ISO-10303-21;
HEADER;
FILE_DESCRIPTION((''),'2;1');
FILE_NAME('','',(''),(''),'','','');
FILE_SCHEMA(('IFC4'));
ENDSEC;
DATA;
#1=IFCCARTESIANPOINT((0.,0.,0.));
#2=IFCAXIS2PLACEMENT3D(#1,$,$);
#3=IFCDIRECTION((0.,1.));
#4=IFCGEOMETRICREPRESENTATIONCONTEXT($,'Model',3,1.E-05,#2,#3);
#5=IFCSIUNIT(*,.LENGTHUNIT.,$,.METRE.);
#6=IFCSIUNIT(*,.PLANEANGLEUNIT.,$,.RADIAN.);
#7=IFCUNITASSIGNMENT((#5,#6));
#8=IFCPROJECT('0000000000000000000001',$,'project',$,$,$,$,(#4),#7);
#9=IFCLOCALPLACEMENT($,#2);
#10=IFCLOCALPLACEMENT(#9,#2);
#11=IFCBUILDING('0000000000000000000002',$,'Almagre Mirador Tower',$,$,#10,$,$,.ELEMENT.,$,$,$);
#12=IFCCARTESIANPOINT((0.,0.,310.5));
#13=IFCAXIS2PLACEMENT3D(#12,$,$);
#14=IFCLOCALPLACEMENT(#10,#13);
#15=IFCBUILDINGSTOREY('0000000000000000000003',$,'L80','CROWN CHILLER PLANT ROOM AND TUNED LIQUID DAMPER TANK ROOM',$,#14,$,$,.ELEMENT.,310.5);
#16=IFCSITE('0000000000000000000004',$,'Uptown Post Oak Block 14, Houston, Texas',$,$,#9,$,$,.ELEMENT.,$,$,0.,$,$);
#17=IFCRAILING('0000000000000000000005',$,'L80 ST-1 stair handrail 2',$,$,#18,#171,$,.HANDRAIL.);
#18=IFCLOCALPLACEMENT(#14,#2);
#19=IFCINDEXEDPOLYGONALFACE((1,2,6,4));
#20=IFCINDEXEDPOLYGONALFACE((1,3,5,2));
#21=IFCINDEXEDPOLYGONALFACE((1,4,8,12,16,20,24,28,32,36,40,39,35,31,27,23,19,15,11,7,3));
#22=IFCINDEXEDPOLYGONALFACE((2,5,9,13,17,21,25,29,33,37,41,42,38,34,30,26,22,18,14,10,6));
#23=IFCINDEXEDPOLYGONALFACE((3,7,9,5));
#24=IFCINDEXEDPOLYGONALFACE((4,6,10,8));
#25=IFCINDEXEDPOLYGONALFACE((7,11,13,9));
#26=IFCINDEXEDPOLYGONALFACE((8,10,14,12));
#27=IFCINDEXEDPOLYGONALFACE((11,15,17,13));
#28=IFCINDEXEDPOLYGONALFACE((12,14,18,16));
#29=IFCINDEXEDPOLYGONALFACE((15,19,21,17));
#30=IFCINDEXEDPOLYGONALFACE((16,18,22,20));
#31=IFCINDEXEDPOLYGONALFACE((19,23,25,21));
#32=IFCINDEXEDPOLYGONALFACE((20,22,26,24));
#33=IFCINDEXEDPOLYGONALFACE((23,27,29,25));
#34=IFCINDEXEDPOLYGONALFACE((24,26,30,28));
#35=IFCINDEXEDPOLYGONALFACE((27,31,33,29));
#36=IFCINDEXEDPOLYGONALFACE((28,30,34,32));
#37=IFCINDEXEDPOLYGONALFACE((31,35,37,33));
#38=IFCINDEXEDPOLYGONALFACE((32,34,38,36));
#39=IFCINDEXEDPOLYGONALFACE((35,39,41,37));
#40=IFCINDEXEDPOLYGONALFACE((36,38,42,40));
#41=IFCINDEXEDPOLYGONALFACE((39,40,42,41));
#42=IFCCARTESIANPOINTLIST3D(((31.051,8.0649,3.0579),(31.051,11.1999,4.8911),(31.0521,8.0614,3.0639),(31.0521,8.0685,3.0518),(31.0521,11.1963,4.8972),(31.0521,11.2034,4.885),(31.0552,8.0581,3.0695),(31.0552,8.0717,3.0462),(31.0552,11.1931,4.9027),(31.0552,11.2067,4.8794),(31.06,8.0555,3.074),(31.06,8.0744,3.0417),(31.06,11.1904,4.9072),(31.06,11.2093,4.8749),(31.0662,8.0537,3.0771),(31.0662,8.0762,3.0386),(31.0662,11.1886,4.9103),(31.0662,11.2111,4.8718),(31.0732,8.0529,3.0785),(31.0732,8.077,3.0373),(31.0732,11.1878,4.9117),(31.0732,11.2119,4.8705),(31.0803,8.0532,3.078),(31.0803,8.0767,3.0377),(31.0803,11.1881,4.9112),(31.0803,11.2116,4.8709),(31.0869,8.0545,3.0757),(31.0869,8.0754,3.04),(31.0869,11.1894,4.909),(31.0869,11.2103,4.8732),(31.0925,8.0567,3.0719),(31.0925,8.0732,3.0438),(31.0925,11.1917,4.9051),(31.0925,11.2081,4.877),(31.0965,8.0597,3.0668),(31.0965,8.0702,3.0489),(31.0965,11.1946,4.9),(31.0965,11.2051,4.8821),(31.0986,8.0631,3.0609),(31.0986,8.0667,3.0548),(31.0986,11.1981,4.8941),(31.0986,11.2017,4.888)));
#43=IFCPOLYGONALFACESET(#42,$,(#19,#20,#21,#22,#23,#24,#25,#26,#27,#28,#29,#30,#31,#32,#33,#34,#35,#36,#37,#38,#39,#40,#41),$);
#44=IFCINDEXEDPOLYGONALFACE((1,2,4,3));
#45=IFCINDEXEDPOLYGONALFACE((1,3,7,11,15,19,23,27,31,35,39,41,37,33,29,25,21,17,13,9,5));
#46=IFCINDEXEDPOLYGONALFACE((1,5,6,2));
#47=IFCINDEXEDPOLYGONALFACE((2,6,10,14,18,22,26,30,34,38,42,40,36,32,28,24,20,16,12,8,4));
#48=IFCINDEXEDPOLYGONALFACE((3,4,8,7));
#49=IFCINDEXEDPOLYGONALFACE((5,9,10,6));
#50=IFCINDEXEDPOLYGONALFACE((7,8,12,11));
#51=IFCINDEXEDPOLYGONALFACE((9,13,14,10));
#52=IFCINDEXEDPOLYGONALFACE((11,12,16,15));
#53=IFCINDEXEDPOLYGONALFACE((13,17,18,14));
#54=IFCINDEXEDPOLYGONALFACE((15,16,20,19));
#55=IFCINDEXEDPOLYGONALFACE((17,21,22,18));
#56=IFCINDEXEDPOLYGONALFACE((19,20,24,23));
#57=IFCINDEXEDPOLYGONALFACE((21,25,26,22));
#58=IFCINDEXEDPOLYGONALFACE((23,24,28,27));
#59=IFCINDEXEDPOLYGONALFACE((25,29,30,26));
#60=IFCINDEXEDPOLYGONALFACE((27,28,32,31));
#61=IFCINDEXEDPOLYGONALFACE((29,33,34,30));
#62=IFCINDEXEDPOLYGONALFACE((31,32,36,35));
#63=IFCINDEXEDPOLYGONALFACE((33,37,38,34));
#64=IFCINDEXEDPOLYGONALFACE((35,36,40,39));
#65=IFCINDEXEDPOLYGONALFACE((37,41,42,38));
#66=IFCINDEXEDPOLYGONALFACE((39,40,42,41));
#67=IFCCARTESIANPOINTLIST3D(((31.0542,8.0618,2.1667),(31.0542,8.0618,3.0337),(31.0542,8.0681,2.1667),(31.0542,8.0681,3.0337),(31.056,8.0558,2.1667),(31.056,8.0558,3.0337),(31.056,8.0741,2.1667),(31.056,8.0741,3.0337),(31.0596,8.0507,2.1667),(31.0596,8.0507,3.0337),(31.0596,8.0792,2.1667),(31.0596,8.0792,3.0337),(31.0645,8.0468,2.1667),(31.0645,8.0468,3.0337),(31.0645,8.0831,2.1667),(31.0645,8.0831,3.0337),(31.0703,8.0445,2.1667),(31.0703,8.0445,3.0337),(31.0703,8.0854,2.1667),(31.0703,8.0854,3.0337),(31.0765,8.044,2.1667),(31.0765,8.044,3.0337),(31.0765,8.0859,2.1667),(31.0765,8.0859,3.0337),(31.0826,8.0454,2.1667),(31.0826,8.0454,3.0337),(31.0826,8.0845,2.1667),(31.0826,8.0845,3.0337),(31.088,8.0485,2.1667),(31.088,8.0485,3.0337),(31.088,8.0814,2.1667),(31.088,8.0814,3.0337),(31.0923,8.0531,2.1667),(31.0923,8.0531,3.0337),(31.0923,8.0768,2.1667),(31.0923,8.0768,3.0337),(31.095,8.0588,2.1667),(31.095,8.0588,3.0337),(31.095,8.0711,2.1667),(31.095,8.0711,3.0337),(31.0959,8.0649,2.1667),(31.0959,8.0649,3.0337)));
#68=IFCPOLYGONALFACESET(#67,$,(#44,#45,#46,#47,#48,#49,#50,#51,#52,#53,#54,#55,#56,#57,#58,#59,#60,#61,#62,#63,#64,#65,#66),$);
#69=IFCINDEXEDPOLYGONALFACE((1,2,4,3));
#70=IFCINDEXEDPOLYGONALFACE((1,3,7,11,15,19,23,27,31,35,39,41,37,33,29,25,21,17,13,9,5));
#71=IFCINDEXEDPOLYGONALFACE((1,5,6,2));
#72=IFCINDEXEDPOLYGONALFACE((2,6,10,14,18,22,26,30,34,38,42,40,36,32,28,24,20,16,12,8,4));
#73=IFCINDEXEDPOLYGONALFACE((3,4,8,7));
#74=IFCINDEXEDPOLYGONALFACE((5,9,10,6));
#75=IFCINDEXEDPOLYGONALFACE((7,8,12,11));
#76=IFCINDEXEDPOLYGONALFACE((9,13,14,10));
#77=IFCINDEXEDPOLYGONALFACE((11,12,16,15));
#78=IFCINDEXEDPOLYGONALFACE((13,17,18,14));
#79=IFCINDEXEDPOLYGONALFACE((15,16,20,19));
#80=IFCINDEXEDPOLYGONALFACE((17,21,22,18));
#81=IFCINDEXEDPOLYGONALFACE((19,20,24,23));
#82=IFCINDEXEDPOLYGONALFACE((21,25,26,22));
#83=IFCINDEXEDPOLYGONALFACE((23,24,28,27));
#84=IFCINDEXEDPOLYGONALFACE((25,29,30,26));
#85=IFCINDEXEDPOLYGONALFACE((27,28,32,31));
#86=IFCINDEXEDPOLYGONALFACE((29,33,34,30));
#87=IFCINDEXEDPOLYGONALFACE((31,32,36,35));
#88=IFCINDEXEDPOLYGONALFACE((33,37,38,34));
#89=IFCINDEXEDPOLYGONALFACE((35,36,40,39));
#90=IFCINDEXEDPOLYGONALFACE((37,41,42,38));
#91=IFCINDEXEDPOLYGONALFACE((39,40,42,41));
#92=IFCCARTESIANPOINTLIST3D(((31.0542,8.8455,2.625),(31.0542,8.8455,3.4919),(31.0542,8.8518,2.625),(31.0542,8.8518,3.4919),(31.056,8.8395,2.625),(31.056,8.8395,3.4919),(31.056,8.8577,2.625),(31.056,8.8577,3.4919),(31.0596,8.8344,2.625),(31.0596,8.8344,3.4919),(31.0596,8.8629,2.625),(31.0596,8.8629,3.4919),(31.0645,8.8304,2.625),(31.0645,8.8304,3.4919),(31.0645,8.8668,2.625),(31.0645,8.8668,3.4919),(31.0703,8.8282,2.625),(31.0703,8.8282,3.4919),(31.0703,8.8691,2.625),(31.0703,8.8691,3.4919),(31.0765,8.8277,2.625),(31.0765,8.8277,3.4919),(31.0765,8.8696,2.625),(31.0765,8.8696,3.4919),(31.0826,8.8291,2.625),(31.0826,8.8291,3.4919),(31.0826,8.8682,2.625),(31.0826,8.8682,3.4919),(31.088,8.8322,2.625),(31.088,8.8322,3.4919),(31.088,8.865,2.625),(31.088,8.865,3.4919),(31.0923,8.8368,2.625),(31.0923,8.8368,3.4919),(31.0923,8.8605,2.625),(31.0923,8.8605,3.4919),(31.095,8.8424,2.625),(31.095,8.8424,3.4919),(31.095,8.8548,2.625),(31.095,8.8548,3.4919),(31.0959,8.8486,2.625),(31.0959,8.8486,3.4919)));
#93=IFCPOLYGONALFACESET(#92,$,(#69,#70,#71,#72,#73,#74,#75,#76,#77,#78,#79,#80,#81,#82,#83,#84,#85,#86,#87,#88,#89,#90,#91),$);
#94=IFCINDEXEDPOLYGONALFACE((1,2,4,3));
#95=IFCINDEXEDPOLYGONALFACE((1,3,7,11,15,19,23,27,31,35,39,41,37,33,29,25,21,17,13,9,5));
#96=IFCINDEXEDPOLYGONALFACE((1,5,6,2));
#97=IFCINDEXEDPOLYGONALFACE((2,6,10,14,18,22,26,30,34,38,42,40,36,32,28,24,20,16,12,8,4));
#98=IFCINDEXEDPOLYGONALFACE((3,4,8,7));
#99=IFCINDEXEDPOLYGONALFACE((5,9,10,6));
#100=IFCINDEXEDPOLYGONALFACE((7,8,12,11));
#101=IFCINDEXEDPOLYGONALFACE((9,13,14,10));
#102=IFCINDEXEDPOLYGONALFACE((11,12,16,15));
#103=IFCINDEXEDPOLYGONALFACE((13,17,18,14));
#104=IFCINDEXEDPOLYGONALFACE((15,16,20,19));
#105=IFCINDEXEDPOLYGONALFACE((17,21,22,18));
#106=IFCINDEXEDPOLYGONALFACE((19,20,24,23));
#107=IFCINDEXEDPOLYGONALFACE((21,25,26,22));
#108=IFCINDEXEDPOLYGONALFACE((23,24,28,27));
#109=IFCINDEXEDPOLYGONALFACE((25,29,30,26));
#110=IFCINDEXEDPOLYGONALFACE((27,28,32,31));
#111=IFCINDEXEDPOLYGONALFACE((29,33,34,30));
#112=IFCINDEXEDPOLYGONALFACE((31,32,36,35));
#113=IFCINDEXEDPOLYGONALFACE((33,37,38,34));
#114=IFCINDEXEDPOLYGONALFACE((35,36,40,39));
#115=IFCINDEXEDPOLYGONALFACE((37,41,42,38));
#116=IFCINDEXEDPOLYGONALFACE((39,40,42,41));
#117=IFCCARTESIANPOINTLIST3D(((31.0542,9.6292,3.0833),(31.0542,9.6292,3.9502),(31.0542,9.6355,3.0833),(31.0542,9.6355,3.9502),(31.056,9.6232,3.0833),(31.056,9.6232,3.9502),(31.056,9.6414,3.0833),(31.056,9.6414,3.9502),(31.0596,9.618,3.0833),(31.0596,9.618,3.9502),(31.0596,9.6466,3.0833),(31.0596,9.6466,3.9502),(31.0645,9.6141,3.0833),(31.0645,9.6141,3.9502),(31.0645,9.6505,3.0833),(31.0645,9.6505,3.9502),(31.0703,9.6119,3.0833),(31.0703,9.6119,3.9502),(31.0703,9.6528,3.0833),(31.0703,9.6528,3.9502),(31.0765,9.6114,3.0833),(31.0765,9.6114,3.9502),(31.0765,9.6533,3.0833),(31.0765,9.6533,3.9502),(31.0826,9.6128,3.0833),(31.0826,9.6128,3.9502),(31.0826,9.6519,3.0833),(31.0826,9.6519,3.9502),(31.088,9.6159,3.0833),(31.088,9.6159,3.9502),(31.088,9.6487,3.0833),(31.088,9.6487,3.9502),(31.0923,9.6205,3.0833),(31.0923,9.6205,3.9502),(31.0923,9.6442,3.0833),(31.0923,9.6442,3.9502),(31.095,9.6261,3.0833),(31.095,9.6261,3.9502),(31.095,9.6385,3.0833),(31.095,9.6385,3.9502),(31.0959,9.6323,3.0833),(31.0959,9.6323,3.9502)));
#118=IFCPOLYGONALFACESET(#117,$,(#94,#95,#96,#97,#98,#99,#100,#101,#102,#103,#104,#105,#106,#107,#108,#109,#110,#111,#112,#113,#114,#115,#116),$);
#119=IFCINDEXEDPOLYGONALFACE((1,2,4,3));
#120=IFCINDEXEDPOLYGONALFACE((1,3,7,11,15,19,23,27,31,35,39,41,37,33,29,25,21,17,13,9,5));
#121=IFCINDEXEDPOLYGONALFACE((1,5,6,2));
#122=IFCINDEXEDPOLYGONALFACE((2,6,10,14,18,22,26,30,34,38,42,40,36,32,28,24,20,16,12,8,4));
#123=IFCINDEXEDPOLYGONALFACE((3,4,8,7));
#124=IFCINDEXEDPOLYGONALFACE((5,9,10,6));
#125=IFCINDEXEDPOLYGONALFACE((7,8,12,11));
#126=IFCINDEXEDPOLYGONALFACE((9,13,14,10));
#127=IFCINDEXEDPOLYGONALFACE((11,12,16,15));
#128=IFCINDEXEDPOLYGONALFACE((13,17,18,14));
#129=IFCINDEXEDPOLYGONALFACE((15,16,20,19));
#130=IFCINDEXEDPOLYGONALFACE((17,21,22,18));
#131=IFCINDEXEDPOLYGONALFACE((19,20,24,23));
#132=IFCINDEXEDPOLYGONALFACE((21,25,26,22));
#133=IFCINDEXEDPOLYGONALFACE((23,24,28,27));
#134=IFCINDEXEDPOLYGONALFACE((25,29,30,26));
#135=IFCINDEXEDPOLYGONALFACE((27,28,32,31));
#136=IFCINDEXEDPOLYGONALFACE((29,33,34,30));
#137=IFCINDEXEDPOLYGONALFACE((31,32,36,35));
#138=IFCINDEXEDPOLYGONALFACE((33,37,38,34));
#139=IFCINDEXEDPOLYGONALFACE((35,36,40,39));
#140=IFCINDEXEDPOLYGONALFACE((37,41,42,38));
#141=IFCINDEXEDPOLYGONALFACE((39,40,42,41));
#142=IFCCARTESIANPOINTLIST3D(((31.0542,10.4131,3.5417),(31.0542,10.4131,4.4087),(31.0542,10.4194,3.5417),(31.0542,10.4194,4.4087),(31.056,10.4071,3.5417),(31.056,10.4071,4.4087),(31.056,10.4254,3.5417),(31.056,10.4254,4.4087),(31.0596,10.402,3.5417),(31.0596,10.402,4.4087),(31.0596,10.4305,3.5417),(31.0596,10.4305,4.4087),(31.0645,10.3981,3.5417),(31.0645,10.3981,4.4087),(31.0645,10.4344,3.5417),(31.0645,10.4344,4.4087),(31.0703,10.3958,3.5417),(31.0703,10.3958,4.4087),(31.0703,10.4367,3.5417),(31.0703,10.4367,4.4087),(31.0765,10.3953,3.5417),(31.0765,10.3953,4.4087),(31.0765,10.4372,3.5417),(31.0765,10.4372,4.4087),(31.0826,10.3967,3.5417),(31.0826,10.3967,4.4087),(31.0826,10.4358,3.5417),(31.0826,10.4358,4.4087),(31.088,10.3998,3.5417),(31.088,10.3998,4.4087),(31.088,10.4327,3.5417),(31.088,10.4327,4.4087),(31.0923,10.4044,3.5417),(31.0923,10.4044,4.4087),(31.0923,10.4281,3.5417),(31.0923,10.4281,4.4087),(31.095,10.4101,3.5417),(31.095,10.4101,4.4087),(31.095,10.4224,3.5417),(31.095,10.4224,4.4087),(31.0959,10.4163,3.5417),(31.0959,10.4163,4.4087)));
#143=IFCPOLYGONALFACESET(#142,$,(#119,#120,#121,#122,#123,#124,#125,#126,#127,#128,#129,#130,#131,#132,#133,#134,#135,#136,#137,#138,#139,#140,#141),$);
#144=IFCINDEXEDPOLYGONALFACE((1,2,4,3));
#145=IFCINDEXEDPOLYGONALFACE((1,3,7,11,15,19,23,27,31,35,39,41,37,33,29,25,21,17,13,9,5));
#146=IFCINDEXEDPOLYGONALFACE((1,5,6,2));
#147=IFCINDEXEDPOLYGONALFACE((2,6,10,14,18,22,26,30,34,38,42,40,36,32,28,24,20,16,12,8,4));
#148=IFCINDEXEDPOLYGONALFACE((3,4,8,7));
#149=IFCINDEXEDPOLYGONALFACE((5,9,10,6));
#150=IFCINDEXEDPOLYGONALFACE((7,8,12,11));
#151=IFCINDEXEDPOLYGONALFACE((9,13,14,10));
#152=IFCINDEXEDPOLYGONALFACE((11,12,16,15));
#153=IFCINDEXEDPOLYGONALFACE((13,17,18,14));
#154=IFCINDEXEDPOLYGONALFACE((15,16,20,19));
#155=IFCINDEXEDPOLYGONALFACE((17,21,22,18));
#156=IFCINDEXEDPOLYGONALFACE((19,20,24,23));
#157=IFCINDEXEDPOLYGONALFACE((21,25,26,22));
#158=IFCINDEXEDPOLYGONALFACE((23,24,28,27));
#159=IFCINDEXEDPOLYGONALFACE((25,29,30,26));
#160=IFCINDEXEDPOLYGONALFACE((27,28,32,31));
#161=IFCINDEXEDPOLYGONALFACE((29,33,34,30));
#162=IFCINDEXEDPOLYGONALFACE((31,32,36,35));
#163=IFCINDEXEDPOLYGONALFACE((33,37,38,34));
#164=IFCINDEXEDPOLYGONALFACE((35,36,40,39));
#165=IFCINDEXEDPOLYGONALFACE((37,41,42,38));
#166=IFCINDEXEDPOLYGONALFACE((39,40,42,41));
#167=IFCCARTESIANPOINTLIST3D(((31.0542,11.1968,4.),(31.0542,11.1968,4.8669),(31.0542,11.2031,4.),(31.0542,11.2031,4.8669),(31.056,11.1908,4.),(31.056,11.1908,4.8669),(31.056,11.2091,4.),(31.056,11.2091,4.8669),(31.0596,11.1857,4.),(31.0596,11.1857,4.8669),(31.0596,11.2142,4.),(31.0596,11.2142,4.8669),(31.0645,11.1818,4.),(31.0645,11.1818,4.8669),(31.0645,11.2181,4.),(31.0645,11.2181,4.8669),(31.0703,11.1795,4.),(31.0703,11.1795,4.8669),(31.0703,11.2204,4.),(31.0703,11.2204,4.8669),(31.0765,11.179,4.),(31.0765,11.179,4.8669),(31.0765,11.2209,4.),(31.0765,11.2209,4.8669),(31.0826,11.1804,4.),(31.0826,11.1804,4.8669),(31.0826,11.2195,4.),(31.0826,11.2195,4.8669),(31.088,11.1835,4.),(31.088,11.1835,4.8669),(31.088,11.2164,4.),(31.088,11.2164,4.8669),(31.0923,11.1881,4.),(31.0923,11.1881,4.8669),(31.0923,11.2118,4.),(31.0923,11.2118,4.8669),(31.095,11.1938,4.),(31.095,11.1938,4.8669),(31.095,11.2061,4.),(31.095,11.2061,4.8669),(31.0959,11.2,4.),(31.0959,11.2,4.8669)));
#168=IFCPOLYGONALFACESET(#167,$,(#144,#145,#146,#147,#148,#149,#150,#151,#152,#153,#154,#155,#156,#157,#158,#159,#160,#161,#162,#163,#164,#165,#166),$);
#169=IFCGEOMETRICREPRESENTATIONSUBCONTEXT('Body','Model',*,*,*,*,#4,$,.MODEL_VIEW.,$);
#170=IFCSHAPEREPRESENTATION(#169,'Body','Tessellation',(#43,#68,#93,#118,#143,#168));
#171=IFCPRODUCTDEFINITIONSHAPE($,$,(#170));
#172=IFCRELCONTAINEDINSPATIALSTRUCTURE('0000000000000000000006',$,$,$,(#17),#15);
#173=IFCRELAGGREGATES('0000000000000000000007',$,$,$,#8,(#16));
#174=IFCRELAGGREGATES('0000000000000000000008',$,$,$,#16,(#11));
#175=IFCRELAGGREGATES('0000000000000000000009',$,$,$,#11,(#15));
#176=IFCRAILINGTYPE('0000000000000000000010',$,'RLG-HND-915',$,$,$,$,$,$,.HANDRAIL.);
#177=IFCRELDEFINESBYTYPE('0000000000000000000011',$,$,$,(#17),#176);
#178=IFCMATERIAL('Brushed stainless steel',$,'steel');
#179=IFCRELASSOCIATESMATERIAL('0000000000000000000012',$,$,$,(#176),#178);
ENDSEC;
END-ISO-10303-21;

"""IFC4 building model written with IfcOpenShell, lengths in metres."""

from ifc_helpers import new_model, si_unit, direction, frame, origin, origin_2d, place, context, subcontext, project, spatial, circle, extrude, material, type_object, element, save


model = new_model("IFC4")

# Units and contexts
model_context = context("Model", 3, precision=1e-05, world=origin(), true_north=direction((0.0, 1.0)))
body_context = subcontext(model_context, "Body", "Model", "MODEL_VIEW")
ifc_project = project(units=[si_unit("LENGTHUNIT", "METRE"), si_unit("PLANEANGLEUNIT", "RADIAN")], contexts=[model_context])

# Site, building, storey
site_placement = place(None, origin())
site = spatial("IfcSite", under=ifc_project, at=site_placement, Name="Uptown Post Oak Block 14, Houston, Texas", CompositionType="ELEMENT", RefElevation=0.0)
building_placement = place(site_placement, origin())
building = spatial("IfcBuilding", under=site, at=building_placement, Name="Almagre Mirador Tower", CompositionType="ELEMENT")
storey_placement = place(building_placement, frame((0.0, 0.0, 310.5)))
storey = spatial("IfcBuildingStorey", under=building, at=storey_placement, Name="L80", Description="CROWN CHILLER PLANT ROOM AND TUNED LIQUID DAMPER TANK ROOM", CompositionType="ELEMENT", Elevation=310.5)

# Railing
ifc_material_1 = material(Name="Brushed stainless steel", Category="steel")
railing_type_1 = type_object("IfcRailingType", Name="RLG-HND-915", PredefinedType="HANDRAIL", material=ifc_material_1)
railing_1_placement = place(storey_placement, frame((31.075, 8.0649, 2.1667)))
element("IfcRailing", 1, at=railing_1_placement, inside=storey, type_object=railing_type_1, Name="L80 ST-1 stair handrail 2", PredefinedType="HANDRAIL", context=body_context, shape_type="SweptSolid", body=[
    extrude(circle(Radius=0.0239, at=origin_2d()), frame((0.0, 0.0, 0.8911), z_axis=(0.0, 0.86324, 0.504794), x_axis=(-1.0, 0.0, 0.0)), (0.0, 0.0, 1.0), 3.6316),
    extrude(circle(Radius=0.021, at=origin_2d()), origin(), (0.0, 0.0, 1.0), 0.8669),
    extrude(circle(Radius=0.021, at=origin_2d()), frame((0.0, 0.7837, 0.4583)), (0.0, 0.0, 1.0), 0.8669),
    extrude(circle(Radius=0.021, at=origin_2d()), frame((0.0, 1.5674, 0.9165)), (0.0, 0.0, 1.0), 0.8669),
    extrude(circle(Radius=0.021, at=origin_2d()), frame((0.0, 2.3513, 1.375)), (0.0, 0.0, 1.0), 0.8669),
    extrude(circle(Radius=0.021, at=origin_2d()), frame((0.0, 3.135, 1.8333)), (0.0, 0.0, 1.0), 0.8669),
])

save(model, "model.ifc")
